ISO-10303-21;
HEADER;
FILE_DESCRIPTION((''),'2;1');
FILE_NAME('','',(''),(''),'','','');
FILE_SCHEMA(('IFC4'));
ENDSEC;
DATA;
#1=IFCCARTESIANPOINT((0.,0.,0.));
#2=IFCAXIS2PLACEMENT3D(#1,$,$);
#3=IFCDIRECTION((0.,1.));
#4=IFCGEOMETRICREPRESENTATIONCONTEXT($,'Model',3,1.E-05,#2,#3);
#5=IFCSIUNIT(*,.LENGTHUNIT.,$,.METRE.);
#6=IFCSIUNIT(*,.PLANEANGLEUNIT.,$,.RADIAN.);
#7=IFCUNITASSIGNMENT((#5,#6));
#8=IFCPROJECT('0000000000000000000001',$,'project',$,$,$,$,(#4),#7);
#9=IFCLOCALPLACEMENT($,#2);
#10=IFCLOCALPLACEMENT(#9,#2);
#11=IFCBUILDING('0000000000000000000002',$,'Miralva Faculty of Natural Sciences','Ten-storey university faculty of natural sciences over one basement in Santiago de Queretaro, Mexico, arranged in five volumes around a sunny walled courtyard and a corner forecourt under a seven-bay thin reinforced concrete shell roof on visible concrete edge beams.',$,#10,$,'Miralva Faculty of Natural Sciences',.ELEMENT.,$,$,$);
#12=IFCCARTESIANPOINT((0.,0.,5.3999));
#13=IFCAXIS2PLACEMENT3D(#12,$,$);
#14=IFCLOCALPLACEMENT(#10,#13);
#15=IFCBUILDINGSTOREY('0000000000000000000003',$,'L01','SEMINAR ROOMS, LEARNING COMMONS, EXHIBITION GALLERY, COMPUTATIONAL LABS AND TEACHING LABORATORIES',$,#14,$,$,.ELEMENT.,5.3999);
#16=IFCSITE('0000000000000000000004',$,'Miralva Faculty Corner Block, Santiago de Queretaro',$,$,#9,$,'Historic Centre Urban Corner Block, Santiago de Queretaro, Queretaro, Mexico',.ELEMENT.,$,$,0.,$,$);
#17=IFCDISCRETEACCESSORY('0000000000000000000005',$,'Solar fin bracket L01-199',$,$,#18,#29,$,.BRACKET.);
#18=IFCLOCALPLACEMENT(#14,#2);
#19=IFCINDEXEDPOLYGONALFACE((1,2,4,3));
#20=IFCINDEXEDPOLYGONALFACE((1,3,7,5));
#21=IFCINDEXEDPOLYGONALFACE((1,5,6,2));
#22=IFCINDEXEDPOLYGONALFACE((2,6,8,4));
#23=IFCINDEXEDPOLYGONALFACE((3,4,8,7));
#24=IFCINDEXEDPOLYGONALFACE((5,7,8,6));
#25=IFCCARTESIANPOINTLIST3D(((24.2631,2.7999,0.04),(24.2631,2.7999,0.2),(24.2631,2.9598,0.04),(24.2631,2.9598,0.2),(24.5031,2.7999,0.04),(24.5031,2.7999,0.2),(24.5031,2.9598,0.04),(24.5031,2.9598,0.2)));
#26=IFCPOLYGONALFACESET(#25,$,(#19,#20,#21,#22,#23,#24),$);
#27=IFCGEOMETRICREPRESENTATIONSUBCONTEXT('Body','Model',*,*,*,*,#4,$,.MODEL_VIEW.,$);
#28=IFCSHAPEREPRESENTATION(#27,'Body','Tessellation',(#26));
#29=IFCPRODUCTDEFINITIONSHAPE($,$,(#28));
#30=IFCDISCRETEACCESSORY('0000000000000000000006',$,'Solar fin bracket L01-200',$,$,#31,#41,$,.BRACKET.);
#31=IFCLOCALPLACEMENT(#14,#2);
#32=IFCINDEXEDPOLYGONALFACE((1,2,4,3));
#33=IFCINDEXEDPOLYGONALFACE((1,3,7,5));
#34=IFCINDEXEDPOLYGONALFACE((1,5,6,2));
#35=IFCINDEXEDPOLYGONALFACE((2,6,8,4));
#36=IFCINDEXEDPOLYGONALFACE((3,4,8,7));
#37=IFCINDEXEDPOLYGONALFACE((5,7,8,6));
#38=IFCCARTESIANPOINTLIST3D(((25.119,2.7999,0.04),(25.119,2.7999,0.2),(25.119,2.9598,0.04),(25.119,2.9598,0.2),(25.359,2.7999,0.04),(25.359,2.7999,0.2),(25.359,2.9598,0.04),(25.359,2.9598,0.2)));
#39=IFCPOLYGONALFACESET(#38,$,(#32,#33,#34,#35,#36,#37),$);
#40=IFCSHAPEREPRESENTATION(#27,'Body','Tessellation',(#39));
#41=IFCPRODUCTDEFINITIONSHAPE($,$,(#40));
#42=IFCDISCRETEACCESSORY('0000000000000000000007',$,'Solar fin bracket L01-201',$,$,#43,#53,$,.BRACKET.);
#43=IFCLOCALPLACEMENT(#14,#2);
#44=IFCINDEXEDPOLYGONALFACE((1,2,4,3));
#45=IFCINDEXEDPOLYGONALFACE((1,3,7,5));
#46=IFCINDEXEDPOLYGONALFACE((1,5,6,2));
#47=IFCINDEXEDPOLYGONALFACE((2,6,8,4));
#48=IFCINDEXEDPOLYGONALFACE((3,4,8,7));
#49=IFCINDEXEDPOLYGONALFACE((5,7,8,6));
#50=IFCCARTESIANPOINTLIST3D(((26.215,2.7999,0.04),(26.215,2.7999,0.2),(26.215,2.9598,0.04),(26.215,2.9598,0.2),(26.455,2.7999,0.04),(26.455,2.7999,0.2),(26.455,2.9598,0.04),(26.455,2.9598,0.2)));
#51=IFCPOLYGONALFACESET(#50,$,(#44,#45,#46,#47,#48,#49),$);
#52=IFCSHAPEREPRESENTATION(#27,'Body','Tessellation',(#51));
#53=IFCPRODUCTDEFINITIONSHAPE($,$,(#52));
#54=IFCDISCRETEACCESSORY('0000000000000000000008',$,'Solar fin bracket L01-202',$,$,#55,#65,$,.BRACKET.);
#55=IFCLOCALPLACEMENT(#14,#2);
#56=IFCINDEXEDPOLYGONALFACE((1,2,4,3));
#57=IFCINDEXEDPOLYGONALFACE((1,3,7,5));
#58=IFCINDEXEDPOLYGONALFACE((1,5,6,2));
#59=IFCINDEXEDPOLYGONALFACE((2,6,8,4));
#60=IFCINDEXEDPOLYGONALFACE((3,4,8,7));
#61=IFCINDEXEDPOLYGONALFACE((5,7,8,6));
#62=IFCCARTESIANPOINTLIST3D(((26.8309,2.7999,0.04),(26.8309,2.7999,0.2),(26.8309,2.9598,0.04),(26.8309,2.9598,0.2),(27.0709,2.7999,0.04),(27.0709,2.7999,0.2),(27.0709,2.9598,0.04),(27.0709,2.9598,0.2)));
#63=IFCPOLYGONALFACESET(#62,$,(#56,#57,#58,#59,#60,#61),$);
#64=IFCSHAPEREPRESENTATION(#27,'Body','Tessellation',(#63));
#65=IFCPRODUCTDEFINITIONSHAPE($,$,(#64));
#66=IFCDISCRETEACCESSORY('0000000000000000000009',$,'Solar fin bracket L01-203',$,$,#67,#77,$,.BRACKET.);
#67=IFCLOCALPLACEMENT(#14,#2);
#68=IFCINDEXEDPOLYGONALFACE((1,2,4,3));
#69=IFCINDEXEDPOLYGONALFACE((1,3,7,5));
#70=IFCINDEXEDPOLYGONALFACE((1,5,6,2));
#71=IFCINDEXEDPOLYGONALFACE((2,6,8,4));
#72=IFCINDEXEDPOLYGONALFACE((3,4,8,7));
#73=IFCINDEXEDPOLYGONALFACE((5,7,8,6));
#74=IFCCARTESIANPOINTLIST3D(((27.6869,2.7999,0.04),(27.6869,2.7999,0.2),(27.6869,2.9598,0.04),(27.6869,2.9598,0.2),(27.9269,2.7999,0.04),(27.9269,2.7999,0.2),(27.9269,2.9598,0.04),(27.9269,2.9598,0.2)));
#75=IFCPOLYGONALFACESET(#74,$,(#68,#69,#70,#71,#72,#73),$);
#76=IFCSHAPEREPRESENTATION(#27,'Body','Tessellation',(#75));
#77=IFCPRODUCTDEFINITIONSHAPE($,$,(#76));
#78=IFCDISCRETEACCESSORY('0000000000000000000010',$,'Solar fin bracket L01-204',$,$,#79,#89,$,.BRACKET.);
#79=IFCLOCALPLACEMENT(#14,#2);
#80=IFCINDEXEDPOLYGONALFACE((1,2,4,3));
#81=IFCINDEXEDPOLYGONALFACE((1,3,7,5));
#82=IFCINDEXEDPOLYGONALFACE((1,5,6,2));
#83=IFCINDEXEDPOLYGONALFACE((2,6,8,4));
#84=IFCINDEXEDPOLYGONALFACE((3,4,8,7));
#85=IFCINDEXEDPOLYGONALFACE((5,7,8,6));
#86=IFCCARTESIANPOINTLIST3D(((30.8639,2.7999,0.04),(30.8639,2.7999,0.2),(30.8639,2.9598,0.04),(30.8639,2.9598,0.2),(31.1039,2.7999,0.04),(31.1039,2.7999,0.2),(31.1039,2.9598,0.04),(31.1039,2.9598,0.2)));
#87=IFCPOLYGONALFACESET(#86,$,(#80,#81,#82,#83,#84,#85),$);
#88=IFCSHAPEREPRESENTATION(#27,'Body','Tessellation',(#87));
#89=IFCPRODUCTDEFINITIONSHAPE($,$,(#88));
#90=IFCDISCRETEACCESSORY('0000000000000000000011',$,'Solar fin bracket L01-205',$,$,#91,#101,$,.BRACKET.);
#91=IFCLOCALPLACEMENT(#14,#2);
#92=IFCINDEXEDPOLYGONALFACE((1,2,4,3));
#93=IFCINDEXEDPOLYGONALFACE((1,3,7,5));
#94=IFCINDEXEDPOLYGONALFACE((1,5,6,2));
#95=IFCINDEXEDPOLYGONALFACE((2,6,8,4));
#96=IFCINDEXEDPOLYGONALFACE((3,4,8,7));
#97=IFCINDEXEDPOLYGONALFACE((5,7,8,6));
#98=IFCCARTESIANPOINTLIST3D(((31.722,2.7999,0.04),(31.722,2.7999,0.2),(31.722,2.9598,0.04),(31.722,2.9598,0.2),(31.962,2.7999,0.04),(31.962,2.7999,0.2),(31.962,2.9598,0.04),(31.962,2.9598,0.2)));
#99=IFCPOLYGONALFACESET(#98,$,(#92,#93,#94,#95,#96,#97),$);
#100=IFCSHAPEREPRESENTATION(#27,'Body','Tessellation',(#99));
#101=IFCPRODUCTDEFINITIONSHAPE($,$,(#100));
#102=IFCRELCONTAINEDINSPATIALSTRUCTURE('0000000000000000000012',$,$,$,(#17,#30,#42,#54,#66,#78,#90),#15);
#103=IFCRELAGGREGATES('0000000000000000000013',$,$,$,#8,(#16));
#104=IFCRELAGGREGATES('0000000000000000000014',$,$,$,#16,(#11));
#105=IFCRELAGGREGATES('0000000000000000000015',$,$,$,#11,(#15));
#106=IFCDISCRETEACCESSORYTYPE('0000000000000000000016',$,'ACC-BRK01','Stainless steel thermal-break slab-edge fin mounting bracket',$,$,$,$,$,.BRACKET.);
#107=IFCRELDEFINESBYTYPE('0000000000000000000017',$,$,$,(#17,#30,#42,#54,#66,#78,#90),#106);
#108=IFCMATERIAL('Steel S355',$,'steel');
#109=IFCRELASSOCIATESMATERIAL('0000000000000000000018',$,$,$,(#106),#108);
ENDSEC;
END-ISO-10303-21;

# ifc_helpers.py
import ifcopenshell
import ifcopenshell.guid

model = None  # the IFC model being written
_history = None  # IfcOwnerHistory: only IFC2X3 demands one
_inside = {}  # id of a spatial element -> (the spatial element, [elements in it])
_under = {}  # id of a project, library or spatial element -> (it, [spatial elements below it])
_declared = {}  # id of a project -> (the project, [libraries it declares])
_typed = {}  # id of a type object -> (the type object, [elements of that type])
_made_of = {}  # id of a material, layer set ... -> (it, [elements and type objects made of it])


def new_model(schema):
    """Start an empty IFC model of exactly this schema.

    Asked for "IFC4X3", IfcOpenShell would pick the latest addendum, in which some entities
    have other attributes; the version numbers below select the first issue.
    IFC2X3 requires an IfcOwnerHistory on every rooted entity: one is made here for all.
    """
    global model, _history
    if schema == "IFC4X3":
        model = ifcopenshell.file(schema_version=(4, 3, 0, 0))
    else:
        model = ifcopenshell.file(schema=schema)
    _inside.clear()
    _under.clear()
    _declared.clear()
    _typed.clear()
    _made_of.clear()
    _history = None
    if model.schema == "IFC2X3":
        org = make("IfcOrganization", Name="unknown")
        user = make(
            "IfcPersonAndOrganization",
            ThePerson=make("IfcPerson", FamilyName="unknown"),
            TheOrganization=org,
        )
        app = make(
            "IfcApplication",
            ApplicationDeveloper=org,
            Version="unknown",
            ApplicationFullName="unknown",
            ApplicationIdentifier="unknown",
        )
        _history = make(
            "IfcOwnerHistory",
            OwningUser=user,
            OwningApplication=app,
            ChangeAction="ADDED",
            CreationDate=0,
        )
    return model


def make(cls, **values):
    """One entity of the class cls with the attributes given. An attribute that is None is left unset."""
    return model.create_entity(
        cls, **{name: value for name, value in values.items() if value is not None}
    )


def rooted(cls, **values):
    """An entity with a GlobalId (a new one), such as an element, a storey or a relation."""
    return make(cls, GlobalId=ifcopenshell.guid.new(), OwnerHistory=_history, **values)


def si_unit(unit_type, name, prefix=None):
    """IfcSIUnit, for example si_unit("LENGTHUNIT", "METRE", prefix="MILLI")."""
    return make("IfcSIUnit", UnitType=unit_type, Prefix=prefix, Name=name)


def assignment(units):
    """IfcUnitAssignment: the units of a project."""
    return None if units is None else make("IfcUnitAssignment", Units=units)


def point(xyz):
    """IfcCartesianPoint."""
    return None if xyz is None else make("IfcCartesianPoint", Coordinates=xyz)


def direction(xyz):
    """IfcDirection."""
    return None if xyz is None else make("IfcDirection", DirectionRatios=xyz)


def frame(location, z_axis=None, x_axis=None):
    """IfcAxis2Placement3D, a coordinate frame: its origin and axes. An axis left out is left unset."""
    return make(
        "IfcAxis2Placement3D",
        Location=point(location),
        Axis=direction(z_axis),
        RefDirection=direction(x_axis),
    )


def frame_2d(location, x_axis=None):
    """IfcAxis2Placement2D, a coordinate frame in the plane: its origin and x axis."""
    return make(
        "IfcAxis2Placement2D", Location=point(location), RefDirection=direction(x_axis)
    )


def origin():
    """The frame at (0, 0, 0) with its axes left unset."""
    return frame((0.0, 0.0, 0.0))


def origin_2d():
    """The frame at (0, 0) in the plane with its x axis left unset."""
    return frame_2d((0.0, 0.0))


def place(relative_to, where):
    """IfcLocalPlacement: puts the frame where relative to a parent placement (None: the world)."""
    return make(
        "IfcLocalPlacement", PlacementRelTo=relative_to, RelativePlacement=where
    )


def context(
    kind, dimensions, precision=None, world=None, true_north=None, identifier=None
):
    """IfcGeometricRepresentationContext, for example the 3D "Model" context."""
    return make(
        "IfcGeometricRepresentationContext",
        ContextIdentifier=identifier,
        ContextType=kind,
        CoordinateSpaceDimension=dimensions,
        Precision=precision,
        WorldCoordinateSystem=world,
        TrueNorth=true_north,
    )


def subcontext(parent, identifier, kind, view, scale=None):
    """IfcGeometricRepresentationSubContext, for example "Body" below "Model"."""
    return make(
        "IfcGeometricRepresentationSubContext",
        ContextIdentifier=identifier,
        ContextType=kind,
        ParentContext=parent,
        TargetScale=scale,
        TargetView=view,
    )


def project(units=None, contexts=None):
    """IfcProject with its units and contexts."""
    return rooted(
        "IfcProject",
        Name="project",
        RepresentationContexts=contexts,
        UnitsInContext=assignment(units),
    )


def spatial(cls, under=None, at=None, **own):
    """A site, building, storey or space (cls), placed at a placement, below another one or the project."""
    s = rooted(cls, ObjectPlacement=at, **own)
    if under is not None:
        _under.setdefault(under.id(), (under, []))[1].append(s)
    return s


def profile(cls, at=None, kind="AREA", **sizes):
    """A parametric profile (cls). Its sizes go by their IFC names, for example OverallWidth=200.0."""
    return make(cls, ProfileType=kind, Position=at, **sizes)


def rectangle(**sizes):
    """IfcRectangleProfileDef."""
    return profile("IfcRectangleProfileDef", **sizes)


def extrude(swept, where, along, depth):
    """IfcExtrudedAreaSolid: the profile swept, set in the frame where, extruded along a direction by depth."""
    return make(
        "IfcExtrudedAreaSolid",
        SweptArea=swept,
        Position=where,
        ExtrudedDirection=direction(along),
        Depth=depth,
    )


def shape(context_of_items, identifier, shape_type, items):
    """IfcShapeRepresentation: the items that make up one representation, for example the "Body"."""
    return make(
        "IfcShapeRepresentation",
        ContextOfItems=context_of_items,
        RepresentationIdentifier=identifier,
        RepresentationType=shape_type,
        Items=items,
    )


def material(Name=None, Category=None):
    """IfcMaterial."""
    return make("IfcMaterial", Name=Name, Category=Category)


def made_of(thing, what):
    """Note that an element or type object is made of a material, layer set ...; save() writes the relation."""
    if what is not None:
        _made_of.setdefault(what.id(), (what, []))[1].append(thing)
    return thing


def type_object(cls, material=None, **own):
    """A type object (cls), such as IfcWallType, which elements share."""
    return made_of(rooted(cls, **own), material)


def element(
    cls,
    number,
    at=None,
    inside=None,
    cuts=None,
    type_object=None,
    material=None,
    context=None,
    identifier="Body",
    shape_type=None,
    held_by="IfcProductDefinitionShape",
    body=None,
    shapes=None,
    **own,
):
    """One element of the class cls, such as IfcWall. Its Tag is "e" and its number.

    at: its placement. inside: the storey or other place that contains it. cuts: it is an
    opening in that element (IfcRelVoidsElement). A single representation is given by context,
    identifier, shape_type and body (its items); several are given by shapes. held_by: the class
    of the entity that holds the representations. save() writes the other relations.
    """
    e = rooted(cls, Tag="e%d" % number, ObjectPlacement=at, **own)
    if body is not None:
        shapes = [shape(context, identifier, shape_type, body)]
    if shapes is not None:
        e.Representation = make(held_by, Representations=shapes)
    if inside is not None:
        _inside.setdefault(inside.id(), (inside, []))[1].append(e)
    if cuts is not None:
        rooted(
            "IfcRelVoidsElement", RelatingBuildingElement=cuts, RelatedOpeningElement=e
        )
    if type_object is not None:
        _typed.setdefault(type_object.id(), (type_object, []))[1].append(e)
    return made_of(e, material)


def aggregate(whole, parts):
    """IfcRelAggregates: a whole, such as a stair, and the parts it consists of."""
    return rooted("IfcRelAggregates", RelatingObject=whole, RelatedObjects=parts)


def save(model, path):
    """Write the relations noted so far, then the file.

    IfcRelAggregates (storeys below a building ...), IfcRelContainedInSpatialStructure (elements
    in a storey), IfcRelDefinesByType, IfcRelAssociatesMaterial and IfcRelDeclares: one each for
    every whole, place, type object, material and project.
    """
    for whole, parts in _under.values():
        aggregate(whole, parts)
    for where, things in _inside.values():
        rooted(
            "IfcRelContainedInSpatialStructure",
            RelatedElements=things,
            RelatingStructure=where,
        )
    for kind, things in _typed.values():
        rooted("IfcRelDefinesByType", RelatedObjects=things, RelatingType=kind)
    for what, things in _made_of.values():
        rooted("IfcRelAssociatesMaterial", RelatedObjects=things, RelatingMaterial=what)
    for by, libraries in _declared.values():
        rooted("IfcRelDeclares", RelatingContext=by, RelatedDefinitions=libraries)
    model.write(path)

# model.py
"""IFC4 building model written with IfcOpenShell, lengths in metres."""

from ifc_helpers import new_model, si_unit, direction, frame, origin, origin_2d, place, context, subcontext, project, spatial, rectangle, extrude, material, type_object, element, save


model = new_model("IFC4")

# Units and contexts
model_context = context("Model", 3, precision=1e-05, world=origin(), true_north=direction((0.0, 1.0)))
body_context = subcontext(model_context, "Body", "Model", "MODEL_VIEW")
ifc_project = project(units=[si_unit("LENGTHUNIT", "METRE"), si_unit("PLANEANGLEUNIT", "RADIAN")], contexts=[model_context])

# Site, building, storey
site_placement = place(None, origin())
site = spatial("IfcSite", under=ifc_project, at=site_placement, Name="Miralva Faculty Corner Block, Santiago de Queretaro", LongName="Historic Centre Urban Corner Block, Santiago de Queretaro, Queretaro, Mexico", CompositionType="ELEMENT", RefElevation=0.0)
building_placement = place(site_placement, origin())
building = spatial("IfcBuilding", under=site, at=building_placement, Name="Miralva Faculty of Natural Sciences", Description="Ten-storey university faculty of natural sciences over one basement in Santiago de Queretaro, Mexico, arranged in five volumes around a sunny walled courtyard and a corner forecourt under a seven-bay thin reinforced concrete shell roof on visible concrete edge beams.", LongName="Miralva Faculty of Natural Sciences", CompositionType="ELEMENT")
storey_placement = place(building_placement, frame((0.0, 0.0, 5.3999)))
storey = spatial("IfcBuildingStorey", under=building, at=storey_placement, Name="L01", Description="SEMINAR ROOMS, LEARNING COMMONS, EXHIBITION GALLERY, COMPUTATIONAL LABS AND TEACHING LABORATORIES", CompositionType="ELEMENT", Elevation=5.3999)

# Discrete accessories
ifc_material_1 = material(Name="Steel S355", Category="steel")
discrete_accessory_type = type_object("IfcDiscreteAccessoryType", Name="ACC-BRK01", Description="Stainless steel thermal-break slab-edge fin mounting bracket", PredefinedType="BRACKET", material=ifc_material_1)
for number, where, z_axis, x_axis, name in (
    (1, (24.3831, 2.8799, 0.04), (0.0, 0.0, 1.0), (0.0, -1.0, 0.0), "Solar fin bracket L01-199"),
    (2, (25.239, 2.8799, 0.04), (0.0, 0.0, 1.0), (0.0, -1.0, 0.0), "Solar fin bracket L01-200"),
    (3, (26.335, 2.8799, 0.04), (0.0, 0.0, 1.0), (0.0, -1.0, 0.0), "Solar fin bracket L01-201"),
    (4, (26.9509, 2.8799, 0.04), (0.0, 0.0, 1.0), (0.0, -1.0, 0.0), "Solar fin bracket L01-202"),
    (5, (27.8069, 2.8799, 0.04), (0.0, 0.0, 1.0), (0.0, -1.0, 0.0), "Solar fin bracket L01-203"),
    (6, (30.9839, 2.8799, 0.04), (0.0, 0.0, 1.0), (0.0, -1.0, 0.0), "Solar fin bracket L01-204"),
    (7, (31.842, 2.8799, 0.04), (0.0, 0.0, 1.0), (0.0, -1.0, 0.0), "Solar fin bracket L01-205"),
):
    element("IfcDiscreteAccessory", number, at=place(storey_placement, frame(where, z_axis=z_axis, x_axis=x_axis)), inside=storey, type_object=discrete_accessory_type, Name=name, PredefinedType="BRACKET", context=body_context, shape_type="SweptSolid", body=[
        extrude(rectangle(XDim=0.1599, YDim=0.24, at=origin_2d()), origin(), (0.0, 0.0, 1.0), 0.1599),
    ])

save(model, "model.ifc")
